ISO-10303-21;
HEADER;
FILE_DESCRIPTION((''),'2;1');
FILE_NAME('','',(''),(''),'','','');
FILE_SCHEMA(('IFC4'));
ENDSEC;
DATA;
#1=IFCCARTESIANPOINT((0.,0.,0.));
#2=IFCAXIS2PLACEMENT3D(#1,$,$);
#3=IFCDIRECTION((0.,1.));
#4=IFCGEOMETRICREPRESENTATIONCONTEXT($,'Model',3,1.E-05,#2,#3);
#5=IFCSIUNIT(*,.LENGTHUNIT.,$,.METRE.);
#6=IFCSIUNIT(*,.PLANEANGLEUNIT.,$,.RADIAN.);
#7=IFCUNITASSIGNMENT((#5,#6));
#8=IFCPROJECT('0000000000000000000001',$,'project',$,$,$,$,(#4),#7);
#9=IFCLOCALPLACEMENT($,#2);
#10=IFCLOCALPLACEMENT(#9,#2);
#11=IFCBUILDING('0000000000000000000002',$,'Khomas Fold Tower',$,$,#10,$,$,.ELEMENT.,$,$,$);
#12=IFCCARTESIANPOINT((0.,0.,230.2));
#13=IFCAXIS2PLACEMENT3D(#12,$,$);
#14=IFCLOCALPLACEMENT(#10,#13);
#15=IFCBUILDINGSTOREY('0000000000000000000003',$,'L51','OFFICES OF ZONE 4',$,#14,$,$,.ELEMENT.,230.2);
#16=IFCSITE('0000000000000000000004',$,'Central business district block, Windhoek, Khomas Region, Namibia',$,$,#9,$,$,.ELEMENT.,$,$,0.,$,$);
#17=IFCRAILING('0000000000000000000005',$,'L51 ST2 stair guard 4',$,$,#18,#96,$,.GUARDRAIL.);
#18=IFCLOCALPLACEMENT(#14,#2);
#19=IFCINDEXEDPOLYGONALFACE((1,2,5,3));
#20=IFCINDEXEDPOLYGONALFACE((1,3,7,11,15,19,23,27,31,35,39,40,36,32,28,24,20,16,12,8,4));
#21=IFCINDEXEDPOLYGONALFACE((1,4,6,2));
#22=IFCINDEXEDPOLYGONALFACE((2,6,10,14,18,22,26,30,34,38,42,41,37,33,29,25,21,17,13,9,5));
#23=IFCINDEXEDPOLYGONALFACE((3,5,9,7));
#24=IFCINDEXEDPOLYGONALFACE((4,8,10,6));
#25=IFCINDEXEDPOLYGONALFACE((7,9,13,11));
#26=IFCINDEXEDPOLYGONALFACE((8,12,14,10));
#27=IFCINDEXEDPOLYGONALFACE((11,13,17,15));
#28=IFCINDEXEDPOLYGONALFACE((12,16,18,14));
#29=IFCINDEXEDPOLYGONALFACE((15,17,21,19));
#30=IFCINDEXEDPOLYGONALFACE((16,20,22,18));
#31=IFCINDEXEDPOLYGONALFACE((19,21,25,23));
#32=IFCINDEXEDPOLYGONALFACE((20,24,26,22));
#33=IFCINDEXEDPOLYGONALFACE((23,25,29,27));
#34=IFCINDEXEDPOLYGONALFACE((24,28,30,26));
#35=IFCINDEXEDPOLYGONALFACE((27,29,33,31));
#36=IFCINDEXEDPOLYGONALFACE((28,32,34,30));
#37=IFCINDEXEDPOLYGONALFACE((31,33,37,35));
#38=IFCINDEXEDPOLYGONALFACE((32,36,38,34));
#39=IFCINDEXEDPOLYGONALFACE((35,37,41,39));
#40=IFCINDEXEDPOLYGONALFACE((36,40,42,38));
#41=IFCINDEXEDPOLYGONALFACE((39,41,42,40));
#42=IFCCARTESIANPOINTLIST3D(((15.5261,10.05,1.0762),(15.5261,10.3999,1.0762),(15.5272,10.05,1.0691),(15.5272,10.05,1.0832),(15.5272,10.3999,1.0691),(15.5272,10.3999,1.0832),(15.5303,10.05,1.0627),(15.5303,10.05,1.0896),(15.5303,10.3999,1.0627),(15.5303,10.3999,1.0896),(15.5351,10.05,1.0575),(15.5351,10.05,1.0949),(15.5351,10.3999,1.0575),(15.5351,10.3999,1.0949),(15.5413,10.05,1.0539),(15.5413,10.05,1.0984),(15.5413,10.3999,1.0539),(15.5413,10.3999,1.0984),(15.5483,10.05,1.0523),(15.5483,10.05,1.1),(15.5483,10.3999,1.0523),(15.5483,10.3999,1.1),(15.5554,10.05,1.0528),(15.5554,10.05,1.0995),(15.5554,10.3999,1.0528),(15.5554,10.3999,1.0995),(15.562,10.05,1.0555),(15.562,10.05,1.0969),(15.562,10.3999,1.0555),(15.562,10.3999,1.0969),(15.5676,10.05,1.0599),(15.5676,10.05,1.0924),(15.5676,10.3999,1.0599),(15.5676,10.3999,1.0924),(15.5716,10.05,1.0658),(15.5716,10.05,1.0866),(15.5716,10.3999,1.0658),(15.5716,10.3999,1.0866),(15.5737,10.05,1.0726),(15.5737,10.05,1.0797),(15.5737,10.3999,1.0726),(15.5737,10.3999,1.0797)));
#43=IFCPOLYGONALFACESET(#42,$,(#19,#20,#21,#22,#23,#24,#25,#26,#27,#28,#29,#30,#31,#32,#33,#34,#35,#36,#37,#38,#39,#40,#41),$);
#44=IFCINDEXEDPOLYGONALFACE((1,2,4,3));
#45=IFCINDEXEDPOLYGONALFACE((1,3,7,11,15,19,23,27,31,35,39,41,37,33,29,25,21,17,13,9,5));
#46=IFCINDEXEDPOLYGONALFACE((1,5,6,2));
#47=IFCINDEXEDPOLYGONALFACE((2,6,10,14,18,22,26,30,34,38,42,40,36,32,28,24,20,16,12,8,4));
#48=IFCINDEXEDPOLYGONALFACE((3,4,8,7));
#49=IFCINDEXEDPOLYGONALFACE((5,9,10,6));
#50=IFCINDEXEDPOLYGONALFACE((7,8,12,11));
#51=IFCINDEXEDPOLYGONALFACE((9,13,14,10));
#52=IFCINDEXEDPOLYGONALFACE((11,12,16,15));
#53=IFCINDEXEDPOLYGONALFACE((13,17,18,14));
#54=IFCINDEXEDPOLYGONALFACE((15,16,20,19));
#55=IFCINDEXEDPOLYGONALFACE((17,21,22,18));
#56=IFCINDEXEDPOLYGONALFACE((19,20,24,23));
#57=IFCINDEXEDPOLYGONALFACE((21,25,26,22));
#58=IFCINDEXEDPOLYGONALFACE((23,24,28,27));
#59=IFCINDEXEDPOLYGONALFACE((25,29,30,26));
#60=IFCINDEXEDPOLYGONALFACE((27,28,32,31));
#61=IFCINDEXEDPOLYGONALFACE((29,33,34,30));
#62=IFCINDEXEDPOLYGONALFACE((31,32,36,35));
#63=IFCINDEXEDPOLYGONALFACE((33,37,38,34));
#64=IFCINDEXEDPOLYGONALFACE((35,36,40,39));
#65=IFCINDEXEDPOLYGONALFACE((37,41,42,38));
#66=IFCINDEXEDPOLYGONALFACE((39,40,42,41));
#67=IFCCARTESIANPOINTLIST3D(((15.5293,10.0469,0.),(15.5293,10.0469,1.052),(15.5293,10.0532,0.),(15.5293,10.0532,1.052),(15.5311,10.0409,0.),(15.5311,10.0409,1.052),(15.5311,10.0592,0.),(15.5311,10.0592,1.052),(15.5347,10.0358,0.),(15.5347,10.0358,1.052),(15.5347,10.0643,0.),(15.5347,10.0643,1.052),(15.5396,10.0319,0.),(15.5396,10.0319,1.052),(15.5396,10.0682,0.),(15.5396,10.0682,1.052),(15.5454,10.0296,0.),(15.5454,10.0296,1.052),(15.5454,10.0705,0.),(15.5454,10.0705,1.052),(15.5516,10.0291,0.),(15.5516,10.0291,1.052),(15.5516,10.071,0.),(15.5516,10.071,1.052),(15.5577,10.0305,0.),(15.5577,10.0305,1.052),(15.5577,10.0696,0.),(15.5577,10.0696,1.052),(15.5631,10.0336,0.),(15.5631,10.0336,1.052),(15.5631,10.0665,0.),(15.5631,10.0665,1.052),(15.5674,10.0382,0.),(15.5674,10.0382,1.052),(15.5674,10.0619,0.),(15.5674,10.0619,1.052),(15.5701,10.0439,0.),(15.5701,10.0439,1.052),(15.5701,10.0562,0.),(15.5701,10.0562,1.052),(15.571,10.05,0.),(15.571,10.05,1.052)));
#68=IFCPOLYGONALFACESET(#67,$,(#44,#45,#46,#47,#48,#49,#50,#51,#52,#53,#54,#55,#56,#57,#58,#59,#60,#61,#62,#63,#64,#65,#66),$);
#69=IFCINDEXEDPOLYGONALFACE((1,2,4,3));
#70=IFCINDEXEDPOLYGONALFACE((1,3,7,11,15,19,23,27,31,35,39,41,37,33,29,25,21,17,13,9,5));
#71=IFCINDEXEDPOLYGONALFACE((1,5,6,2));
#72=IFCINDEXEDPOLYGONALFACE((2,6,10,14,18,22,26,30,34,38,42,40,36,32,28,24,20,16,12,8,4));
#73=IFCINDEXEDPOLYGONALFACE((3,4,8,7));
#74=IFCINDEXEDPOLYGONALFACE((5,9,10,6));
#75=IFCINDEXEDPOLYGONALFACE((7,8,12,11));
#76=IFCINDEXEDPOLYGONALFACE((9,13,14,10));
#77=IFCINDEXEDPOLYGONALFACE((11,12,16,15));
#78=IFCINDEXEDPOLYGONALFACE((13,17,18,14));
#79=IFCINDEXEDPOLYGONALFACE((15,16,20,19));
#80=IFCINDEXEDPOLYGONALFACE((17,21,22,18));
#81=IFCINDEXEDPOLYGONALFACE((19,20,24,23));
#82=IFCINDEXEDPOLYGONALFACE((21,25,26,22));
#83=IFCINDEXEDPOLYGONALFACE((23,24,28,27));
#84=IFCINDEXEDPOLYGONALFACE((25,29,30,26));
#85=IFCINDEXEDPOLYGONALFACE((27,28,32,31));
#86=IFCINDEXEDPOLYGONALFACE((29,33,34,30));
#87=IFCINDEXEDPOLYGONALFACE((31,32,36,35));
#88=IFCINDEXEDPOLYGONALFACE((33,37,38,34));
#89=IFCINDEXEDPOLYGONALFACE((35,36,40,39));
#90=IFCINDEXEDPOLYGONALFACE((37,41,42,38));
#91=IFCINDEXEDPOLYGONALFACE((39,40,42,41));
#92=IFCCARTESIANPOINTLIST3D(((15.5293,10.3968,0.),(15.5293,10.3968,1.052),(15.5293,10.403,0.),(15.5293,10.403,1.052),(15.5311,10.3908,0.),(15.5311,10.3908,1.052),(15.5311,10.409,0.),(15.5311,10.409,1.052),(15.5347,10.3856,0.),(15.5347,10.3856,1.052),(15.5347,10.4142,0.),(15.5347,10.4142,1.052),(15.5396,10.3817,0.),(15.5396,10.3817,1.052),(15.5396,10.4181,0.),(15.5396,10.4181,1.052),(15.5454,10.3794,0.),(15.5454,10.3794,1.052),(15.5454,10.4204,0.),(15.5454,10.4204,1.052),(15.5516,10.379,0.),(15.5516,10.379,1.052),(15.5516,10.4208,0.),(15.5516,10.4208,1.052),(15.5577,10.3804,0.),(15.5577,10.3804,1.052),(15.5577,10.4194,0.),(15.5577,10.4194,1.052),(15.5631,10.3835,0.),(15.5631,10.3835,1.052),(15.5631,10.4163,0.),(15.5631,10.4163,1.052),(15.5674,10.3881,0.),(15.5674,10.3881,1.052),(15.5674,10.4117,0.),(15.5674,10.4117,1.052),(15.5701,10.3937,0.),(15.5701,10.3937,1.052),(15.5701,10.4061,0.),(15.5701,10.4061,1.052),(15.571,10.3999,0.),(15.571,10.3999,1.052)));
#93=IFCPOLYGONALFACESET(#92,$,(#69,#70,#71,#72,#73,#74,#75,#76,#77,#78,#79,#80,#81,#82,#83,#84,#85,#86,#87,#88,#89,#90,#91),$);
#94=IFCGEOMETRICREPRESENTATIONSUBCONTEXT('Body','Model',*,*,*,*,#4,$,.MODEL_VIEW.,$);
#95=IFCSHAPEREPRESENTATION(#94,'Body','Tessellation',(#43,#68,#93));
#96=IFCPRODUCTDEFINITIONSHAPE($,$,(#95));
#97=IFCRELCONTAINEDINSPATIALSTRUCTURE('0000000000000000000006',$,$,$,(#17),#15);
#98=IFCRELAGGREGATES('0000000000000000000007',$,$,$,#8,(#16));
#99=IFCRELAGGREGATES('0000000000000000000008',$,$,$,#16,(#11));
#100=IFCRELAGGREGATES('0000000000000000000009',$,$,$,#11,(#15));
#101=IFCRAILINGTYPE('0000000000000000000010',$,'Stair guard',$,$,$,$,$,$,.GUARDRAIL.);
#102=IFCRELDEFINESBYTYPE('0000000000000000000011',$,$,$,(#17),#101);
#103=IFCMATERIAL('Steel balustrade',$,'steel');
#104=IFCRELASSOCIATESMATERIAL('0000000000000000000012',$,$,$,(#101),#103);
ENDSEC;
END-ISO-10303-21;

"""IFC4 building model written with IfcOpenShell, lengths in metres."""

from ifc_helpers import new_model, si_unit, direction, frame, origin, origin_2d, place, context, subcontext, project, spatial, circle, extrude, source, transform, mapped, material, type_object, element, save


model = new_model("IFC4")

# Units and contexts
model_context = context("Model", 3, precision=1e-05, world=origin(), true_north=direction((0.0, 1.0)))
body_context = subcontext(model_context, "Body", "Model", "MODEL_VIEW")
ifc_project = project(units=[si_unit("LENGTHUNIT", "METRE"), si_unit("PLANEANGLEUNIT", "RADIAN")], contexts=[model_context])

# Site, building, storey
site_placement = place(None, origin())
site = spatial("IfcSite", under=ifc_project, at=site_placement, Name="Central business district block, Windhoek, Khomas Region, Namibia", CompositionType="ELEMENT", RefElevation=0.0)
building_placement = place(site_placement, origin())
building = spatial("IfcBuilding", under=site, at=building_placement, Name="Khomas Fold Tower", CompositionType="ELEMENT")
storey_placement = place(building_placement, frame((0.0, 0.0, 230.2)))
storey = spatial("IfcBuildingStorey", under=building, at=storey_placement, Name="L51", Description="OFFICES OF ZONE 4", CompositionType="ELEMENT", Elevation=230.2)

# Railing
ifc_material_1 = material(Name="Steel balustrade", Category="steel")
railing_type_1 = type_object("IfcRailingType", Name="Stair guard", PredefinedType="GUARDRAIL", material=ifc_material_1)
shared_shape_1 = source(origin(), body_context, "Body", "SweptSolid", [
    extrude(circle(Radius=0.0239, at=origin_2d()), frame((0.0, 0.0, 1.0762), z_axis=(0.0, 1.0, 0.0), x_axis=(-1.0, 0.0, 0.0)), (0.0, 0.0, 1.0), 0.3499),
    extrude(circle(Radius=0.021, at=origin_2d()), origin(), (0.0, 0.0, 1.0), 1.052),
    extrude(circle(Radius=0.021, at=origin_2d()), frame((0.0, 0.3499, 0.0)), (0.0, 0.0, 1.0), 1.052),
])
for number, where, name in (
    (1, (15.55, 10.05, 0.0), "L51 ST2 stair guard 4"),
):
    element("IfcRailing", number, at=place(storey_placement, frame(where)), inside=storey, type_object=railing_type_1, Name=name, PredefinedType="GUARDRAIL", context=body_context, shape_type="MappedRepresentation", body=[
        mapped(shared_shape_1, transform((0.0, 0.0, 0.0))),
    ])

save(model, "model.ifc")
